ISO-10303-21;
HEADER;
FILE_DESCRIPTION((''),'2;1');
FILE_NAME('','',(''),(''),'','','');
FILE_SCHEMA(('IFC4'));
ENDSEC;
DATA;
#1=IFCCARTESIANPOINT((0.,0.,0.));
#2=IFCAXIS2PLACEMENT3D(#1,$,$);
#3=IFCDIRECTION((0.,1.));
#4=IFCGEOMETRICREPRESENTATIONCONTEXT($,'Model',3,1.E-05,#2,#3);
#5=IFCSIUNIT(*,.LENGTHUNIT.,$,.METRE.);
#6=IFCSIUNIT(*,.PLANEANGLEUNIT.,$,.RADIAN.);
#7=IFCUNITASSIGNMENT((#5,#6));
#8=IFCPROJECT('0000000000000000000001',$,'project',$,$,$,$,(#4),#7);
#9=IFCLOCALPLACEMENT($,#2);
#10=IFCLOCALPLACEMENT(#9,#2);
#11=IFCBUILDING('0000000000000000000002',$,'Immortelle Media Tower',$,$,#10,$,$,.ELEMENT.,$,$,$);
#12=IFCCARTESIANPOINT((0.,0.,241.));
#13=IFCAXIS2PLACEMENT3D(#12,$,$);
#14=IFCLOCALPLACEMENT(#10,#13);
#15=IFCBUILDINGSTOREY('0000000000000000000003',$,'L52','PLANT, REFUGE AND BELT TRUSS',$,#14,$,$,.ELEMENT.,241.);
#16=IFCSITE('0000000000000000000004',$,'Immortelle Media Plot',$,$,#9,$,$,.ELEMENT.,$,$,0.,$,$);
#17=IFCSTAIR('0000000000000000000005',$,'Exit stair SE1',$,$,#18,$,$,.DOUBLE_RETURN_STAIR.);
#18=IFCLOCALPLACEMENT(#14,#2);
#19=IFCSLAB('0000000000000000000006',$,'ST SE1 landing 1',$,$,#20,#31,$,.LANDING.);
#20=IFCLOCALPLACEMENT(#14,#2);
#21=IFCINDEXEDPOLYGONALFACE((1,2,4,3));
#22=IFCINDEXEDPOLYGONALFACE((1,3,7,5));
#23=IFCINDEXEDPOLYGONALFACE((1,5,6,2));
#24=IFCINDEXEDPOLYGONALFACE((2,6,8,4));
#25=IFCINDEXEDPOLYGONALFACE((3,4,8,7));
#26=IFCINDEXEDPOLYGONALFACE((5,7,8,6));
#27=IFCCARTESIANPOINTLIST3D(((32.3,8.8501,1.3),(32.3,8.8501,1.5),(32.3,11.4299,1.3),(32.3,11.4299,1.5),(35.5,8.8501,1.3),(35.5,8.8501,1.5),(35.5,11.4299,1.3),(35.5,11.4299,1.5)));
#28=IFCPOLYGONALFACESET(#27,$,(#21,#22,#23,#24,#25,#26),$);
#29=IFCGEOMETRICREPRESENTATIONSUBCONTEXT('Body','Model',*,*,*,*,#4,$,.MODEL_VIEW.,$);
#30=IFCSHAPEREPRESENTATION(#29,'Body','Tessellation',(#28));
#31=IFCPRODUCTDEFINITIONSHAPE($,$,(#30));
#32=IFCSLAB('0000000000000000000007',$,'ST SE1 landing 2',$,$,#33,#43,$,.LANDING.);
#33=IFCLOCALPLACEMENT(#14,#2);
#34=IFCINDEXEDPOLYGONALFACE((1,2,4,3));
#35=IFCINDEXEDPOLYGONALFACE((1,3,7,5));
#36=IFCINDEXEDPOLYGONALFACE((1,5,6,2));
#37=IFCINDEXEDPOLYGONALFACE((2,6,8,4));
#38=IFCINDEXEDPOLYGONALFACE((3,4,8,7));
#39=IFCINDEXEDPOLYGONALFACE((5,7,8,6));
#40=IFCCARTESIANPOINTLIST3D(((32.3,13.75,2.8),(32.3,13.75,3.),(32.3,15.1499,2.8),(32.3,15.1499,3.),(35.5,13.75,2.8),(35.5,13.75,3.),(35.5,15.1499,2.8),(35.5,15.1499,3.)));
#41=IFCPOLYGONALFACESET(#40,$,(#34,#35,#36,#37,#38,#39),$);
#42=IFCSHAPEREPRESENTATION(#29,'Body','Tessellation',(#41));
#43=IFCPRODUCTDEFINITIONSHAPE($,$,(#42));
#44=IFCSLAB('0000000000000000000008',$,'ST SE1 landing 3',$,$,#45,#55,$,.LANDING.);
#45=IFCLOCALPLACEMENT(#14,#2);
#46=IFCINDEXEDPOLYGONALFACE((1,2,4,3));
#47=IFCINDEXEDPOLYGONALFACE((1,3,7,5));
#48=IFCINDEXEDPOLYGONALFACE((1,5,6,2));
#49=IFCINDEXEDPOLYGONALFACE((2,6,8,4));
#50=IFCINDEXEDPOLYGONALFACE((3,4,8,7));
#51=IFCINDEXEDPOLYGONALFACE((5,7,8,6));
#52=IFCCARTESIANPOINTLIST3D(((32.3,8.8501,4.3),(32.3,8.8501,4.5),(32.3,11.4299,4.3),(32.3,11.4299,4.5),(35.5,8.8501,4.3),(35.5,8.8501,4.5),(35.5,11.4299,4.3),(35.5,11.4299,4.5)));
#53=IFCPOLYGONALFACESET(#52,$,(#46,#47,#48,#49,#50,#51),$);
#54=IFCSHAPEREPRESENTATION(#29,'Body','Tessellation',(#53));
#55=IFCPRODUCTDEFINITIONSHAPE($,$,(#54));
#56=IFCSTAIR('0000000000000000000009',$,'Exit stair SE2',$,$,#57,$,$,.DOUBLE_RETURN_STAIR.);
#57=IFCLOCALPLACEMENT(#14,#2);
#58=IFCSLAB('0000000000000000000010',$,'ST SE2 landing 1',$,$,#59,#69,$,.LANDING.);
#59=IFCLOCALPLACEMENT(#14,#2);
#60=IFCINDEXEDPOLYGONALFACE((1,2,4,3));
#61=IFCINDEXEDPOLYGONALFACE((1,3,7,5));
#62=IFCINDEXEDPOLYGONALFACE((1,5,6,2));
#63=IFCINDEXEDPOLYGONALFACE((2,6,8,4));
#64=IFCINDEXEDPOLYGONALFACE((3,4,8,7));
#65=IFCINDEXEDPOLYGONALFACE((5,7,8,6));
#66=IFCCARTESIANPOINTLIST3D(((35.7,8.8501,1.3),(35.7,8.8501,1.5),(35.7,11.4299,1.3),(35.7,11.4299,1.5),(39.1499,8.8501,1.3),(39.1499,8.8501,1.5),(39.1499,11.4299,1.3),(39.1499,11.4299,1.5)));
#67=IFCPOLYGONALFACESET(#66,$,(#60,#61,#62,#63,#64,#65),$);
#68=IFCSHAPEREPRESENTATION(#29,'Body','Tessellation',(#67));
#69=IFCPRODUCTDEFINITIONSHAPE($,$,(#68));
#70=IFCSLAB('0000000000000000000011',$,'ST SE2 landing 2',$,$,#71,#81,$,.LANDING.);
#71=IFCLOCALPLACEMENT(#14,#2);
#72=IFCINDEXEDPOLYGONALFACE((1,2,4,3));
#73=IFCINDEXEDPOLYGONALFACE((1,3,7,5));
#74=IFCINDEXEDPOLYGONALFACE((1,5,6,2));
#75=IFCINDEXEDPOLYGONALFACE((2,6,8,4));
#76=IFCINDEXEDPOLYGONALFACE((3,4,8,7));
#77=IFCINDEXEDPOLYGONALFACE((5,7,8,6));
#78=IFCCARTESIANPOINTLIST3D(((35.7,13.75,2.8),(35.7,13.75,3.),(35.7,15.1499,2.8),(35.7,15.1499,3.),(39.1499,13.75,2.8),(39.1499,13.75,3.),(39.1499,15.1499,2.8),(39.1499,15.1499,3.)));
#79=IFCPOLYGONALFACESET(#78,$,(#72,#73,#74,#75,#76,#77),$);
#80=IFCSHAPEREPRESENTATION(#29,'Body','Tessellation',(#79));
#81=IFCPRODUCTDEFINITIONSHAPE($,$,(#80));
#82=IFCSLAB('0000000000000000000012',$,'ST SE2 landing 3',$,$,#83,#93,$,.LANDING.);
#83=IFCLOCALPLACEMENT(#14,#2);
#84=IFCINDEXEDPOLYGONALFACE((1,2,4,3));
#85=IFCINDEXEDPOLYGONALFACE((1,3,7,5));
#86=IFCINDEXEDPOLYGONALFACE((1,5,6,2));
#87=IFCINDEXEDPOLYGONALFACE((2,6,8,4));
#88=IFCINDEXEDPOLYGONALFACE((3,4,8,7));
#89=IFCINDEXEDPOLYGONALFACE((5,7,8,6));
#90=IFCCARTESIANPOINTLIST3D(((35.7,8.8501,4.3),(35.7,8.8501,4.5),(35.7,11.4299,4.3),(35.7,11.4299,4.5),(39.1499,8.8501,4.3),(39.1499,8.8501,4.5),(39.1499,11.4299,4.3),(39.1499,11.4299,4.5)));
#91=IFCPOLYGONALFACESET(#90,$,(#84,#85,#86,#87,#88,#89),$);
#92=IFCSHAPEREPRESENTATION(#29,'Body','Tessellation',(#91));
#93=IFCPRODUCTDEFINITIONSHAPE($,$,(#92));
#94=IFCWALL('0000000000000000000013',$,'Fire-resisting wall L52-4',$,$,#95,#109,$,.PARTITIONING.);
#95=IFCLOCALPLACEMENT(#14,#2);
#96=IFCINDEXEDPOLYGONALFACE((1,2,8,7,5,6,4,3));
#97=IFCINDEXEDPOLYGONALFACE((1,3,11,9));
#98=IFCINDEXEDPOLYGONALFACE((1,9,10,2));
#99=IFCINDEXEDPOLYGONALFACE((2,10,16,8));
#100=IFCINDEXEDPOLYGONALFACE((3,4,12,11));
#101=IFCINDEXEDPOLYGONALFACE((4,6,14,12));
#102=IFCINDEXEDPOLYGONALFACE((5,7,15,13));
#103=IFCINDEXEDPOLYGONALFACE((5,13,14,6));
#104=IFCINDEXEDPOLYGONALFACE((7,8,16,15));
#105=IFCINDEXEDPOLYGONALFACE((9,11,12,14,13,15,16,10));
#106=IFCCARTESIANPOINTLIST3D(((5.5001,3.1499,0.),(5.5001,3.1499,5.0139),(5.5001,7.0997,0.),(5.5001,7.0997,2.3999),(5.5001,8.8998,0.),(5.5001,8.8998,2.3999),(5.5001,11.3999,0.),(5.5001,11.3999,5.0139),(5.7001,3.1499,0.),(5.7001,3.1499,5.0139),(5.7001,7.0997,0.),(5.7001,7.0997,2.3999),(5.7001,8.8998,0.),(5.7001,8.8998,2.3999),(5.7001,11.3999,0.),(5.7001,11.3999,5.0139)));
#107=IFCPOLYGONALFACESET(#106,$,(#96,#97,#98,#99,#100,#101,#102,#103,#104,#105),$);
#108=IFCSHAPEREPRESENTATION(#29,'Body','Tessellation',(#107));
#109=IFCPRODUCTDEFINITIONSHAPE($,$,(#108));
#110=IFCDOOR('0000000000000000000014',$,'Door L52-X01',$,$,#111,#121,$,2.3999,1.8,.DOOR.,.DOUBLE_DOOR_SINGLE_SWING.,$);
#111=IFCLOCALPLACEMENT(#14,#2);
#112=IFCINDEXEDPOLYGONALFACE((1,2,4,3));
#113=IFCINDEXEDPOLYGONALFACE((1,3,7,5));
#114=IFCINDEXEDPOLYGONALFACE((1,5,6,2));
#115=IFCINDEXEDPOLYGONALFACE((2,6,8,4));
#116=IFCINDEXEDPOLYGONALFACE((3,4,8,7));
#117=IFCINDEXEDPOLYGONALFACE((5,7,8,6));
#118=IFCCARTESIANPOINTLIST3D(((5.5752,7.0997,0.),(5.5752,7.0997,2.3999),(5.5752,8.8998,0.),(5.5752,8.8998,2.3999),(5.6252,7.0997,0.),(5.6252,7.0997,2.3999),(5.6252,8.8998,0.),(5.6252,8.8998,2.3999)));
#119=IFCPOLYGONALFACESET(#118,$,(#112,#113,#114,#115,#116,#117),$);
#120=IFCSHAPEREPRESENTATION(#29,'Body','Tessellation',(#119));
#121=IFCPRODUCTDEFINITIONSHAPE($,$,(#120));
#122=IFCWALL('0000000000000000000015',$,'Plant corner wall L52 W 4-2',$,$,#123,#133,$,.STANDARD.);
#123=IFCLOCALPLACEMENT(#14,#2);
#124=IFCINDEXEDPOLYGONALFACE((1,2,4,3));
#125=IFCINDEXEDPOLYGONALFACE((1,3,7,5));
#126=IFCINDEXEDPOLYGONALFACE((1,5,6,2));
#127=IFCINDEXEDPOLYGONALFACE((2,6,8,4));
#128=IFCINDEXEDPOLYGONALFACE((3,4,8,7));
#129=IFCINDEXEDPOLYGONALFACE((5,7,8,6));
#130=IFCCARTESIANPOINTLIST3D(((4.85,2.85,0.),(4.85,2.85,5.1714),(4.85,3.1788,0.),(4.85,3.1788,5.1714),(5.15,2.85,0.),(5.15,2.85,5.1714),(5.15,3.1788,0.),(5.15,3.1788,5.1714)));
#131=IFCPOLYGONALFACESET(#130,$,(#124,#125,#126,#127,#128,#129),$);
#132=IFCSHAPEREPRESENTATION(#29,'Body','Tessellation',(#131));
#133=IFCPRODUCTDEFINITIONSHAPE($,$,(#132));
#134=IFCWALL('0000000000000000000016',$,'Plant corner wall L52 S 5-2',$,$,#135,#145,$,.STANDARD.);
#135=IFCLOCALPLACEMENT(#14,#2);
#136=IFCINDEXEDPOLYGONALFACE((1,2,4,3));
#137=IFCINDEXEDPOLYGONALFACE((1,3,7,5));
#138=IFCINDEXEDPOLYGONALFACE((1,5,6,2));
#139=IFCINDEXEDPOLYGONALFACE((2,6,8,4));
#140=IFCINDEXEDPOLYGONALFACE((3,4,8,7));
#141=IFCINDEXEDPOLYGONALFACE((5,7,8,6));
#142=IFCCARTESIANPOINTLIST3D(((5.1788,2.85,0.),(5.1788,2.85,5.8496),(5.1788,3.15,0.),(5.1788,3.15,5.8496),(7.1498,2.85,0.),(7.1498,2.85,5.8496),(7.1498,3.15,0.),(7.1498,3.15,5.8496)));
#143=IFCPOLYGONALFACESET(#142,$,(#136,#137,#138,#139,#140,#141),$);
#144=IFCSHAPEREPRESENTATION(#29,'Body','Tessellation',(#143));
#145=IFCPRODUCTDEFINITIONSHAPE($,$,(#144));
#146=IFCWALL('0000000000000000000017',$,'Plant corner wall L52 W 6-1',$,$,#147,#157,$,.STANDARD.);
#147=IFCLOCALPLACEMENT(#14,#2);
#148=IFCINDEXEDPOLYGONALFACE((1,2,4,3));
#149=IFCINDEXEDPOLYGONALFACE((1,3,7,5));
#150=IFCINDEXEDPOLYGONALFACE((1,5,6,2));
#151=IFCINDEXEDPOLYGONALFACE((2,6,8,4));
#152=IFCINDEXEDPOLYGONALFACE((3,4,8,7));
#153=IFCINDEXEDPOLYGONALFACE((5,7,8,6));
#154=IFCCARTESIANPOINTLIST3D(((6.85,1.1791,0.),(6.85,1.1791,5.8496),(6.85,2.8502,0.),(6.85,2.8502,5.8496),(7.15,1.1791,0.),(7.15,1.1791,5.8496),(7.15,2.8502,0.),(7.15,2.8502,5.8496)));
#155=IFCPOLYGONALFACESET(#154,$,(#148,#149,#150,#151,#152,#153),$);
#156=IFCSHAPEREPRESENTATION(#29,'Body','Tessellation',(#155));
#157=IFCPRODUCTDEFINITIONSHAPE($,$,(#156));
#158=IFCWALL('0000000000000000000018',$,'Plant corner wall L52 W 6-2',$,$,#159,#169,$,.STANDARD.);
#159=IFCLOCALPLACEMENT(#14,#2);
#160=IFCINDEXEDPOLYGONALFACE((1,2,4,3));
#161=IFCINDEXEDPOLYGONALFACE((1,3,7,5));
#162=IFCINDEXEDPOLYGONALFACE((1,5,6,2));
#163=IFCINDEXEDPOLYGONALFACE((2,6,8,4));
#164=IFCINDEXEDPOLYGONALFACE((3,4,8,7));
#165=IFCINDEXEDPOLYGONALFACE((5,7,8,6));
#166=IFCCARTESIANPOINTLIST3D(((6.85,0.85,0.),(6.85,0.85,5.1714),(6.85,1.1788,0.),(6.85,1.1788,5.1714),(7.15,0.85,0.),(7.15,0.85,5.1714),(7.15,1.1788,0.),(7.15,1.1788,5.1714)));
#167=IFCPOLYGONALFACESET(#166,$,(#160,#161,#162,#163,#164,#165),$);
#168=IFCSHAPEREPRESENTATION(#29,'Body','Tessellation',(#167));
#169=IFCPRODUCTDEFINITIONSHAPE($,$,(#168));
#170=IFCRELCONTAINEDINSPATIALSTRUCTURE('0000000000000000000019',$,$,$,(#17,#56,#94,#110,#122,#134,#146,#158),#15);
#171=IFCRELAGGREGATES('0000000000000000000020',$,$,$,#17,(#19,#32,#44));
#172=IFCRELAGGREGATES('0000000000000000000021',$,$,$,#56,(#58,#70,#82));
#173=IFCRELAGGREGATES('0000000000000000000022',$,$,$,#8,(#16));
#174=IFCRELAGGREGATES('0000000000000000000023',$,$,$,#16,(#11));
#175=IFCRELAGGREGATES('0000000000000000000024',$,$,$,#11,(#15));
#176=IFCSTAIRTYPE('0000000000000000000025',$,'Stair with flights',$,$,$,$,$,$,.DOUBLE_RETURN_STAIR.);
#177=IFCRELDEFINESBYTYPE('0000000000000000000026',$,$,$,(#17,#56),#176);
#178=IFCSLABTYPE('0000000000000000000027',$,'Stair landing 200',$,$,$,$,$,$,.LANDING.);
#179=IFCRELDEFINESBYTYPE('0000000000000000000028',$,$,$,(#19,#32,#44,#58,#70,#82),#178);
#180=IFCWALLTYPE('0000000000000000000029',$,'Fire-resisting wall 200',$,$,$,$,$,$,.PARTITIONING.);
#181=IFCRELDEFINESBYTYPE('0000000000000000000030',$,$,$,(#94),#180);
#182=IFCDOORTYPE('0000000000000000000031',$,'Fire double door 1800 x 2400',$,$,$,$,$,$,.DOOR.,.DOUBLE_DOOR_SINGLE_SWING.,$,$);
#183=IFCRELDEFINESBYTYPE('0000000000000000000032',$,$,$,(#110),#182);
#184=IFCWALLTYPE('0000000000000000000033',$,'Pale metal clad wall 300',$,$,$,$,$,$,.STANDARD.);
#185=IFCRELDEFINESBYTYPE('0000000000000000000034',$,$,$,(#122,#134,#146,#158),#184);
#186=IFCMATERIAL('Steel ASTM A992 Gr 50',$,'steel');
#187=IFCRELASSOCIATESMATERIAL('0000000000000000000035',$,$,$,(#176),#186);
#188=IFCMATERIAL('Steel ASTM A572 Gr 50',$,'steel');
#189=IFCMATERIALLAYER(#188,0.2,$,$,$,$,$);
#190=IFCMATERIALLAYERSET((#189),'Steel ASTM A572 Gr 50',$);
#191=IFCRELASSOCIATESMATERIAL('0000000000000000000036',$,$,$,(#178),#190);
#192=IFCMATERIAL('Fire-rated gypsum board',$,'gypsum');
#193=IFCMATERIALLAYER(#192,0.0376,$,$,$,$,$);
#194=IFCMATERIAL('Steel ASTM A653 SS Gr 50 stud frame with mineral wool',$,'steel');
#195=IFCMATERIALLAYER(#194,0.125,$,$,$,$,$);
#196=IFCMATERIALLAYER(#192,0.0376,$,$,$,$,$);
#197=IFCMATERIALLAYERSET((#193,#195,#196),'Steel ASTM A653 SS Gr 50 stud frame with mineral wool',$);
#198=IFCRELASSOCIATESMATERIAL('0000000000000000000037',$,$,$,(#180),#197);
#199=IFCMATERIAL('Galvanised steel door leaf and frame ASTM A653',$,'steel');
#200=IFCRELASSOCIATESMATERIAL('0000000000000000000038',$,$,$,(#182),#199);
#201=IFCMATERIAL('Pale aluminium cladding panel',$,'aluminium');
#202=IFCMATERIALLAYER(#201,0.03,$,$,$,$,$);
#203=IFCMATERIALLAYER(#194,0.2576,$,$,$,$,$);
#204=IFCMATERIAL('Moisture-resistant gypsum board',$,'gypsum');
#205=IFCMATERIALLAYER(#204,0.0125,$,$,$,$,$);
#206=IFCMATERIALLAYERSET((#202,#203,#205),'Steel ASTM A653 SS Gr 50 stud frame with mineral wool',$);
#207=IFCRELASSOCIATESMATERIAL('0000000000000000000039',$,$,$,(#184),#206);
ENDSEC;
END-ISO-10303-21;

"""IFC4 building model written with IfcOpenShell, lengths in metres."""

from ifc_helpers import new_model, si_unit, direction, frame, frame_2d, origin, place, context, subcontext, project, spatial, polyline, rectangle, outline, extrude, material, layer, layer_set, type_object, element, fill, aggregate, save


model = new_model("IFC4")

# Units and contexts
model_context = context("Model", 3, precision=1e-05, world=origin(), true_north=direction((0.0, 1.0)))
body_context = subcontext(model_context, "Body", "Model", "MODEL_VIEW")
ifc_project = project(units=[si_unit("LENGTHUNIT", "METRE"), si_unit("PLANEANGLEUNIT", "RADIAN")], contexts=[model_context])

# Site, building, storey
site_placement = place(None, origin())
site = spatial("IfcSite", under=ifc_project, at=site_placement, Name="Immortelle Media Plot", CompositionType="ELEMENT", RefElevation=0.0)
building_placement = place(site_placement, origin())
building = spatial("IfcBuilding", under=site, at=building_placement, Name="Immortelle Media Tower", CompositionType="ELEMENT")
storey_placement = place(building_placement, frame((0.0, 0.0, 241.0)))
storey = spatial("IfcBuildingStorey", under=building, at=storey_placement, Name="L52", Description="PLANT, REFUGE AND BELT TRUSS", CompositionType="ELEMENT", Elevation=241.0)

# Shared definitions
ifc_material_1 = material(Name="Steel ASTM A992 Gr 50", Category="steel")

# Stairs, slabs
stair_type = type_object("IfcStairType", Name="Stair with flights", PredefinedType="DOUBLE_RETURN_STAIR", material=ifc_material_1)
ifc_material_2 = material(Name="Steel ASTM A572 Gr 50", Category="steel")
ifc_layer_1 = layer(ifc_material_2, 0.2)
ifc_layer_set_1 = layer_set([ifc_layer_1], Name="Steel ASTM A572 Gr 50")
slab_type_1 = type_object("IfcSlabType", Name="Stair landing 200", PredefinedType="LANDING", material=ifc_layer_set_1)
stair_1_placement = place(storey_placement, origin())
stair_1 = element("IfcStair", 1, at=stair_1_placement, inside=storey, type_object=stair_type, Name="Exit stair SE1", PredefinedType="DOUBLE_RETURN_STAIR")
slab_1_placement = place(storey_placement, frame((0.0, 0.0, 1.3)))
slab_1 = element("IfcSlab", 2, at=slab_1_placement, type_object=slab_type_1, Name="ST SE1 landing 1", PredefinedType="LANDING", context=body_context, shape_type="SweptSolid", body=[
    extrude(outline(polyline([(32.3, 8.8501), (35.5, 8.8501), (35.5, 11.4299), (32.3, 11.4299), (32.3, 8.8501)])), origin(), (0.0, 0.0, 1.0), 0.2),
])
slab_2_placement = place(storey_placement, frame((0.0, 0.0, 2.8)))
slab_2 = element("IfcSlab", 3, at=slab_2_placement, type_object=slab_type_1, Name="ST SE1 landing 2", PredefinedType="LANDING", context=body_context, shape_type="SweptSolid", body=[
    extrude(outline(polyline([(32.3, 13.75), (35.5, 13.75), (35.5, 15.1499), (32.3, 15.1499), (32.3, 13.75)])), origin(), (0.0, 0.0, 1.0), 0.2),
])
slab_3_placement = place(storey_placement, frame((0.0, 0.0, 4.3)))
slab_3 = element("IfcSlab", 4, at=slab_3_placement, type_object=slab_type_1, Name="ST SE1 landing 3", PredefinedType="LANDING", context=body_context, shape_type="SweptSolid", body=[
    extrude(outline(polyline([(32.3, 8.8501), (35.5, 8.8501), (35.5, 11.4299), (32.3, 11.4299), (32.3, 8.8501)])), origin(), (0.0, 0.0, 1.0), 0.2),
])
aggregate(stair_1, [slab_1, slab_2, slab_3])
stair_2_placement = place(storey_placement, origin())
stair_2 = element("IfcStair", 5, at=stair_2_placement, inside=storey, type_object=stair_type, Name="Exit stair SE2", PredefinedType="DOUBLE_RETURN_STAIR")
slab_4_placement = place(storey_placement, frame((0.0, 0.0, 1.3)))
slab_4 = element("IfcSlab", 6, at=slab_4_placement, type_object=slab_type_1, Name="ST SE2 landing 1", PredefinedType="LANDING", context=body_context, shape_type="SweptSolid", body=[
    extrude(outline(polyline([(35.7, 8.8501), (39.1499, 8.8501), (39.1499, 11.4299), (35.7, 11.4299), (35.7, 8.8501)])), origin(), (0.0, 0.0, 1.0), 0.2),
])
slab_5_placement = place(storey_placement, frame((0.0, 0.0, 2.8)))
slab_5 = element("IfcSlab", 7, at=slab_5_placement, type_object=slab_type_1, Name="ST SE2 landing 2", PredefinedType="LANDING", context=body_context, shape_type="SweptSolid", body=[
    extrude(outline(polyline([(35.7, 13.75), (39.1499, 13.75), (39.1499, 15.1499), (35.7, 15.1499), (35.7, 13.75)])), origin(), (0.0, 0.0, 1.0), 0.2),
])
slab_6_placement = place(storey_placement, frame((0.0, 0.0, 4.3)))
slab_6 = element("IfcSlab", 8, at=slab_6_placement, type_object=slab_type_1, Name="ST SE2 landing 3", PredefinedType="LANDING", context=body_context, shape_type="SweptSolid", body=[
    extrude(outline(polyline([(35.7, 8.8501), (39.1499, 8.8501), (39.1499, 11.4299), (35.7, 11.4299), (35.7, 8.8501)])), origin(), (0.0, 0.0, 1.0), 0.2),
])
aggregate(stair_2, [slab_4, slab_5, slab_6])

# Wall, opening, door
ifc_material_3 = material(Name="Fire-rated gypsum board", Category="gypsum")
ifc_layer_2 = layer(ifc_material_3, 0.0376)
ifc_material_4 = material(Name="Steel ASTM A653 SS Gr 50 stud frame with mineral wool", Category="steel")
ifc_layer_3 = layer(ifc_material_4, 0.125)
ifc_layer_4 = layer(ifc_material_3, 0.0376)
ifc_layer_set_2 = layer_set([ifc_layer_2, ifc_layer_3, ifc_layer_4], Name="Steel ASTM A653 SS Gr 50 stud frame with mineral wool")
wall_type_1 = type_object("IfcWallType", Name="Fire-resisting wall 200", PredefinedType="PARTITIONING", material=ifc_layer_set_2)
wall_1_placement = place(storey_placement, frame((5.6001, 3.1499, 0.0), z_axis=(0.0, 0.0, 1.0), x_axis=(0.0, 1.0, 0.0)))
wall_1 = element("IfcWall", 9, at=wall_1_placement, inside=storey, type_object=wall_type_1, Name="Fire-resisting wall L52-4", PredefinedType="PARTITIONING", context=body_context, shape_type="SweptSolid", body=[
    extrude(rectangle(XDim=8.25, YDim=0.2, at=frame_2d((4.125, 0.0))), origin(), (0.0, 0.0, 1.0), 5.0139),
])
opening_placement = place(wall_1_placement, frame((3.95, 0.0, 0.0)))
opening = element("IfcOpeningElement", 10, at=opening_placement, cuts=wall_1, PredefinedType="OPENING", context=body_context, shape_type="SweptSolid", body=[
    extrude(rectangle(XDim=1.8, YDim=2.3999, at=frame_2d((0.8999, 1.2))), frame((0.0, 0.1099, 0.0), z_axis=(0.0, -1.0, 0.0), x_axis=(1.0, 0.0, 0.0)), (0.0, 0.0, 1.0), 0.22),
])
ifc_material_5 = material(Name="Galvanised steel door leaf and frame ASTM A653", Category="steel")
door_type = type_object("IfcDoorType", Name="Fire double door 1800 x 2400", OperationType="DOUBLE_DOOR_SINGLE_SWING", PredefinedType="DOOR", material=ifc_material_5)
door_placement = place(opening_placement, origin())
door = element("IfcDoor", 11, at=door_placement, inside=storey, type_object=door_type, Name="Door L52-X01", OperationType="DOUBLE_DOOR_SINGLE_SWING", OverallHeight=2.3999, OverallWidth=1.8, PredefinedType="DOOR", context=body_context, shape_type="SweptSolid", body=[
    extrude(rectangle(XDim=1.8, YDim=2.3999, at=frame_2d((0.8999, 1.2))), frame((0.0, 0.0249, 0.0), z_axis=(0.0, -1.0, 0.0), x_axis=(1.0, 0.0, 0.0)), (0.0, 0.0, 1.0), 0.05),
])
fill(opening, door)

# Walls
ifc_material_6 = material(Name="Pale aluminium cladding panel", Category="aluminium")
ifc_layer_5 = layer(ifc_material_6, 0.03)
ifc_layer_6 = layer(ifc_material_4, 0.2576)
ifc_material_7 = material(Name="Moisture-resistant gypsum board", Category="gypsum")
ifc_layer_7 = layer(ifc_material_7, 0.0125)
ifc_layer_set_3 = layer_set([ifc_layer_5, ifc_layer_6, ifc_layer_7], Name="Steel ASTM A653 SS Gr 50 stud frame with mineral wool")
wall_type_2 = type_object("IfcWallType", Name="Pale metal clad wall 300", PredefinedType="STANDARD", material=ifc_layer_set_3)
wall_2_placement = place(storey_placement, frame((5.0, 3.179, 0.0), z_axis=(0.0, 0.0, 1.0), x_axis=(0.0, -1.0, 0.0)))
element("IfcWall", 12, at=wall_2_placement, inside=storey, type_object=wall_type_2, Name="Plant corner wall L52 W 4-2", PredefinedType="STANDARD", context=body_context, shape_type="SweptSolid", body=[
    extrude(rectangle(XDim=0.3289, YDim=0.3, at=frame_2d((0.1646, 0.0))), origin(), (0.0, 0.0, 1.0), 5.1714),
])
wall_3_placement = place(storey_placement, frame((5.179, 3.0, 0.0), z_axis=(0.0, 0.0, 1.0), x_axis=(1.0, 0.0, 0.0)))
element("IfcWall", 13, at=wall_3_placement, inside=storey, type_object=wall_type_2, Name="Plant corner wall L52 S 5-2", PredefinedType="STANDARD", context=body_context, shape_type="SweptSolid", body=[
    extrude(rectangle(XDim=1.9709, YDim=0.3, at=frame_2d((0.9854, 0.0))), origin(), (0.0, 0.0, 1.0), 5.8496),
])
wall_4_placement = place(storey_placement, frame((7.0, 2.8501, 0.0), z_axis=(0.0, 0.0, 1.0), x_axis=(0.0, -1.0, 0.0)))
element("IfcWall", 14, at=wall_4_placement, inside=storey, type_object=wall_type_2, Name="Plant corner wall L52 W 6-1", PredefinedType="STANDARD", context=body_context, shape_type="SweptSolid", body=[
    extrude(rectangle(XDim=1.6711, YDim=0.3, at=frame_2d((0.8354, 0.0))), origin(), (0.0, 0.0, 1.0), 5.8496),
])
wall_5_placement = place(storey_placement, frame((7.0, 1.179, 0.0), z_axis=(0.0, 0.0, 1.0), x_axis=(0.0, -1.0, 0.0)))
element("IfcWall", 15, at=wall_5_placement, inside=storey, type_object=wall_type_2, Name="Plant corner wall L52 W 6-2", PredefinedType="STANDARD", context=body_context, shape_type="SweptSolid", body=[
    extrude(rectangle(XDim=0.3289, YDim=0.3, at=frame_2d((0.1646, 0.0))), origin(), (0.0, 0.0, 1.0), 5.1714),
])

save(model, "model.ifc")
